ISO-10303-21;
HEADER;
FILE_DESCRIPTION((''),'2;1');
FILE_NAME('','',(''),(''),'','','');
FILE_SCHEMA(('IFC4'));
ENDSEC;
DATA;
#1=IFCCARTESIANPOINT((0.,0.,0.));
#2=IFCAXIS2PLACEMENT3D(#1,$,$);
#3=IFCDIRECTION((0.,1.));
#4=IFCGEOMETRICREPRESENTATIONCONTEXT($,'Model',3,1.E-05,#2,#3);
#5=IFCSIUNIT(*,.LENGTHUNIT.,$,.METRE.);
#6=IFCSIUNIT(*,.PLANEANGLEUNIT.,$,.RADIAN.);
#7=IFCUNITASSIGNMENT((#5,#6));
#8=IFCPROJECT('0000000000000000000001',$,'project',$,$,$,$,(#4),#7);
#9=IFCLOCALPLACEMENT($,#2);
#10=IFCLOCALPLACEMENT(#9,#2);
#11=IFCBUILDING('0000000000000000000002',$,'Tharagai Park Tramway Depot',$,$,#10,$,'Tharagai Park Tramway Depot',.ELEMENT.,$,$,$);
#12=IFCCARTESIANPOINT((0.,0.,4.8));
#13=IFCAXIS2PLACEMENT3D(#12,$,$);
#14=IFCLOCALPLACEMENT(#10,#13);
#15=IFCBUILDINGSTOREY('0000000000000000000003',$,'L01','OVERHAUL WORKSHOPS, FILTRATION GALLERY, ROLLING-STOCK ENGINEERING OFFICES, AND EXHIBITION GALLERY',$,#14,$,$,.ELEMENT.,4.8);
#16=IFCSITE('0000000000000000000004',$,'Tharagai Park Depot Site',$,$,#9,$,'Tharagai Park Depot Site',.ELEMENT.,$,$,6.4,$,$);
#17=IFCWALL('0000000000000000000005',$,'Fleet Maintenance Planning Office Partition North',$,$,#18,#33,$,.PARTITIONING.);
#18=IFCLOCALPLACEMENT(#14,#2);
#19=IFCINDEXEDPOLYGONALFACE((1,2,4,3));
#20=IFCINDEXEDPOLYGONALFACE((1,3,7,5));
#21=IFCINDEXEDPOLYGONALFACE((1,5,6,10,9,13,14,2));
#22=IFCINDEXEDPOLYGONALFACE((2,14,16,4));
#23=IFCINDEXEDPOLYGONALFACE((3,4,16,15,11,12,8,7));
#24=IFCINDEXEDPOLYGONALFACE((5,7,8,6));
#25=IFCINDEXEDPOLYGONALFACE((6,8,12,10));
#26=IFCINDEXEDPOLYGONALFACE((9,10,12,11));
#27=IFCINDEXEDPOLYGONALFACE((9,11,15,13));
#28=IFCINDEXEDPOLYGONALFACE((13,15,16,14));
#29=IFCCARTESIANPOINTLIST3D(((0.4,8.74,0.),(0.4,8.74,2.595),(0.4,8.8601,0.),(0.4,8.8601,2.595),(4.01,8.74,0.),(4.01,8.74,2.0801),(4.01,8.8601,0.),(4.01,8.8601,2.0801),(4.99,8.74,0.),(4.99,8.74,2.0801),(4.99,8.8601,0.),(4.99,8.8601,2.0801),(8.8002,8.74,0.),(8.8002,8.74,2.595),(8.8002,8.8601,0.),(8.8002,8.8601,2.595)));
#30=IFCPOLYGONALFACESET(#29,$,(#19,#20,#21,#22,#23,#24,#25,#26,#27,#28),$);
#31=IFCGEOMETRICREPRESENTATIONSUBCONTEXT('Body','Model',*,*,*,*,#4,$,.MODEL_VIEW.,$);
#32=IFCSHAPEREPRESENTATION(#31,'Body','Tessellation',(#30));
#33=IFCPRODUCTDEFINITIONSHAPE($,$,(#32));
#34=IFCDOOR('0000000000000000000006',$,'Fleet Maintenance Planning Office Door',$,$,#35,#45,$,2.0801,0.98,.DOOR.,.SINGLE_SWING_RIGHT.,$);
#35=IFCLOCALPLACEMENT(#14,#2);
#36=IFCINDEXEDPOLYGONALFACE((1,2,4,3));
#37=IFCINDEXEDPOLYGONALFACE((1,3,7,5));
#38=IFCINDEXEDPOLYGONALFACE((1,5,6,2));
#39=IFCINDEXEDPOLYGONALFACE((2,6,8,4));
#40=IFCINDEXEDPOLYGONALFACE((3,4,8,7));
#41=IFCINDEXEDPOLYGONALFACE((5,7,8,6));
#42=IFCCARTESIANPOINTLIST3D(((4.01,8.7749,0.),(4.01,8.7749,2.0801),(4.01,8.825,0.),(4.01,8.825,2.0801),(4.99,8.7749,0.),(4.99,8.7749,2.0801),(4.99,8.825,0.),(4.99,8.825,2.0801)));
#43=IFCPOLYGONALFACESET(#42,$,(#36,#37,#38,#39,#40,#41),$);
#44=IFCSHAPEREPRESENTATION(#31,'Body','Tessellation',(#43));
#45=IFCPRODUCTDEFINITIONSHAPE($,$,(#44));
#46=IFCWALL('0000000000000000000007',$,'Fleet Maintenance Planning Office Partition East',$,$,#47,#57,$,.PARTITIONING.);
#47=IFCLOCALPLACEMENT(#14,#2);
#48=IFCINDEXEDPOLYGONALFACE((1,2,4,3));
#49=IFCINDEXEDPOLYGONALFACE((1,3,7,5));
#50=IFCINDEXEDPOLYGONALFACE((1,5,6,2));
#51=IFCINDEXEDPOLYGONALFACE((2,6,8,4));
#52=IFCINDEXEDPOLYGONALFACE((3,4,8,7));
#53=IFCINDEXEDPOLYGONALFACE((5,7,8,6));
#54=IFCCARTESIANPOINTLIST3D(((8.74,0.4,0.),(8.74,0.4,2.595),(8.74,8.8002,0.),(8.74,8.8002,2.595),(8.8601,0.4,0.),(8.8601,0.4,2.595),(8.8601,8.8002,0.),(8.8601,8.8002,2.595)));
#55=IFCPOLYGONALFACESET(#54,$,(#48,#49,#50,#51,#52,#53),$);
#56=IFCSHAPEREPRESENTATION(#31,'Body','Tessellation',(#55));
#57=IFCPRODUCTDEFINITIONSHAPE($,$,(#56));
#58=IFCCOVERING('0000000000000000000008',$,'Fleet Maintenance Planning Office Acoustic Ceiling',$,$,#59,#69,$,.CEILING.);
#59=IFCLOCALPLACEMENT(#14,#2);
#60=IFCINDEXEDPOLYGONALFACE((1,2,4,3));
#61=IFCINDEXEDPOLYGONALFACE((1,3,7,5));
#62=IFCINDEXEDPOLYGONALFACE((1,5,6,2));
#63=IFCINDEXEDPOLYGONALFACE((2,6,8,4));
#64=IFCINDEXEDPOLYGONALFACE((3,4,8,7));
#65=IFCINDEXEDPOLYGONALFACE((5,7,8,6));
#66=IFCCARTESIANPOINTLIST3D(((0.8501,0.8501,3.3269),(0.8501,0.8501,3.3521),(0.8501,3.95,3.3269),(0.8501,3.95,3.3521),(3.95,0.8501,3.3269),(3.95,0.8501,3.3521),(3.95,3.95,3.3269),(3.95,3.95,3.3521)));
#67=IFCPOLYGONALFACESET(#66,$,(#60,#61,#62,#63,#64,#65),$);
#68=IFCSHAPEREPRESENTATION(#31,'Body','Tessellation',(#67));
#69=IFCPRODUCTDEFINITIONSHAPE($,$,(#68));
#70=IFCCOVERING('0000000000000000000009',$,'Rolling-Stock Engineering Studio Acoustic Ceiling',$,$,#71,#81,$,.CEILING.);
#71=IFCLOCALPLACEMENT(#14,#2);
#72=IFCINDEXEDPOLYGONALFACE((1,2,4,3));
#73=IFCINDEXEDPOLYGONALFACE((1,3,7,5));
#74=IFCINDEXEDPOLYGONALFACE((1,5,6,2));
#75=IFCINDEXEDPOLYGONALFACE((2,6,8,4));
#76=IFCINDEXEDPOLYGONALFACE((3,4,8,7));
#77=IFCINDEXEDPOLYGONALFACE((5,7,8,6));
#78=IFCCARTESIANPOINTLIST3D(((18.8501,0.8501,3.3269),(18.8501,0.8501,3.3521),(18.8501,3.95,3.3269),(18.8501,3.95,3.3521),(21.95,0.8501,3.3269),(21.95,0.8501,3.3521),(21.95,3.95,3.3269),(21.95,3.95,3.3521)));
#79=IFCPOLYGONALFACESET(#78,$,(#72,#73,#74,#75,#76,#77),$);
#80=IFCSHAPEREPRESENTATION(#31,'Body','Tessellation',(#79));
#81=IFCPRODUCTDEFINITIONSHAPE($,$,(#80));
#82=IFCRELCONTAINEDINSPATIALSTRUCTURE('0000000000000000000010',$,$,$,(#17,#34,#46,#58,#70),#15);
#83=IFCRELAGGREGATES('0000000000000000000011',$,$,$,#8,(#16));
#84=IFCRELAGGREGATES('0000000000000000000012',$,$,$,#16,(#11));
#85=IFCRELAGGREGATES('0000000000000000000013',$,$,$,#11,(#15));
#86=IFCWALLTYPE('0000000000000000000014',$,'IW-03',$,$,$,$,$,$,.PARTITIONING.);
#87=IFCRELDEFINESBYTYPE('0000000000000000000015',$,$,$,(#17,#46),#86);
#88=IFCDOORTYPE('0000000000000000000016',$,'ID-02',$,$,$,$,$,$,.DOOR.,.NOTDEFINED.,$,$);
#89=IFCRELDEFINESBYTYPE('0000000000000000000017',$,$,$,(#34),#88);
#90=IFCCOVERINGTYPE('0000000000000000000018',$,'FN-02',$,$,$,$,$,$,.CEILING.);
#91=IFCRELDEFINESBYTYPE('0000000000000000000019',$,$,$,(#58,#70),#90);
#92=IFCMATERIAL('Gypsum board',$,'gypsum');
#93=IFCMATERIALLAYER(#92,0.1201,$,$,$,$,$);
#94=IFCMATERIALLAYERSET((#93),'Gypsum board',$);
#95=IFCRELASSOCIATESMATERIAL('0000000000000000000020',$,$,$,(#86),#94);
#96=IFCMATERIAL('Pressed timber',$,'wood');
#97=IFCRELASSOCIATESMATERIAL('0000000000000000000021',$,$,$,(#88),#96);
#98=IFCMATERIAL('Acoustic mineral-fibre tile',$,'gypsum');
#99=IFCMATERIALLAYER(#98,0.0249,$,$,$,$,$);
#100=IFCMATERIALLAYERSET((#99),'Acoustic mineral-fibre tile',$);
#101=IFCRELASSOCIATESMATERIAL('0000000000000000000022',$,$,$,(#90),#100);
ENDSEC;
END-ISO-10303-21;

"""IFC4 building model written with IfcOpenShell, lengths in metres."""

from ifc_helpers import new_model, si_unit, direction, frame, frame_2d, origin, place, context, subcontext, project, spatial, polyline, rectangle, outline, extrude, material, layer, layer_set, type_object, element, fill, save


model = new_model("IFC4")

# Units and contexts
model_context = context("Model", 3, precision=1e-05, world=origin(), true_north=direction((0.0, 1.0)))
body_context = subcontext(model_context, "Body", "Model", "MODEL_VIEW")
ifc_project = project(units=[si_unit("LENGTHUNIT", "METRE"), si_unit("PLANEANGLEUNIT", "RADIAN")], contexts=[model_context])

# Site, building, storey
site_placement = place(None, origin())
site = spatial("IfcSite", under=ifc_project, at=site_placement, Name="Tharagai Park Depot Site", LongName="Tharagai Park Depot Site", CompositionType="ELEMENT", RefElevation=6.4)
building_placement = place(site_placement, origin())
building = spatial("IfcBuilding", under=site, at=building_placement, Name="Tharagai Park Tramway Depot", LongName="Tharagai Park Tramway Depot", CompositionType="ELEMENT")
storey_placement = place(building_placement, frame((0.0, 0.0, 4.8)))
storey = spatial("IfcBuildingStorey", under=building, at=storey_placement, Name="L01", Description="OVERHAUL WORKSHOPS, FILTRATION GALLERY, ROLLING-STOCK ENGINEERING OFFICES, AND EXHIBITION GALLERY", CompositionType="ELEMENT", Elevation=4.8)

# Wall, opening, door
ifc_material_1 = material(Name="Gypsum board", Category="gypsum")
ifc_layer_1 = layer(ifc_material_1, 0.1201)
ifc_layer_set_1 = layer_set([ifc_layer_1], Name="Gypsum board")
wall_type_1 = type_object("IfcWallType", Name="IW-03", PredefinedType="PARTITIONING", material=ifc_layer_set_1)
wall_1_placement = place(storey_placement, frame((0.3999, 8.8, 0.0), z_axis=(0.0, 0.0, 1.0), x_axis=(1.0, 0.0, 0.0)))
wall_1 = element("IfcWall", 1, at=wall_1_placement, inside=storey, type_object=wall_type_1, Name="Fleet Maintenance Planning Office Partition North", PredefinedType="PARTITIONING", context=body_context, shape_type="SweptSolid", body=[
    extrude(rectangle(XDim=8.4001, YDim=0.1201, at=frame_2d((4.2002, 0.0))), origin(), (0.0, 0.0, 1.0), 2.595),
])
opening_1_placement = place(wall_1_placement, frame((3.6101, 0.0, 0.0)))
opening_1 = element("IfcOpeningElement", 2, at=opening_1_placement, cuts=wall_1, PredefinedType="OPENING", context=body_context, shape_type="SweptSolid", body=[
    extrude(rectangle(XDim=0.98, YDim=2.0801, at=frame_2d((0.49, 1.04))), frame((0.0, 0.0701, 0.0), z_axis=(0.0, -1.0, 0.0), x_axis=(1.0, 0.0, 0.0)), (0.0, 0.0, 1.0), 0.1401),
])
ifc_material_2 = material(Name="Pressed timber", Category="wood")
door_type = type_object("IfcDoorType", Name="ID-02", OperationType="NOTDEFINED", PredefinedType="DOOR", material=ifc_material_2)
door_placement = place(opening_1_placement, origin())
door = element("IfcDoor", 3, at=door_placement, inside=storey, type_object=door_type, Name="Fleet Maintenance Planning Office Door", OperationType="SINGLE_SWING_RIGHT", OverallHeight=2.0801, OverallWidth=0.98, PredefinedType="DOOR", context=body_context, shape_type="SweptSolid", body=[
    extrude(rectangle(XDim=0.98, YDim=2.0801, at=frame_2d((0.49, 1.04))), frame((0.0, 0.0249, 0.0), z_axis=(0.0, -1.0, 0.0), x_axis=(1.0, 0.0, 0.0)), (0.0, 0.0, 1.0), 0.05),
])
fill(opening_1, door)

# Wall
wall_2_placement = place(storey_placement, frame((8.8, 0.3999, 0.0), z_axis=(0.0, 0.0, 1.0), x_axis=(0.0, 1.0, 0.0)))
element("IfcWall", 4, at=wall_2_placement, inside=storey, type_object=wall_type_1, Name="Fleet Maintenance Planning Office Partition East", PredefinedType="PARTITIONING", context=body_context, shape_type="SweptSolid", body=[
    extrude(rectangle(XDim=8.4001, YDim=0.1201, at=frame_2d((4.2002, 0.0))), origin(), (0.0, 0.0, 1.0), 2.595),
])

# Coverings
ifc_material_3 = material(Name="Acoustic mineral-fibre tile", Category="gypsum")
ifc_layer_2 = layer(ifc_material_3, 0.0249)
ifc_layer_set_2 = layer_set([ifc_layer_2], Name="Acoustic mineral-fibre tile")
covering_type = type_object("IfcCoveringType", Name="FN-02", PredefinedType="CEILING", material=ifc_layer_set_2)
covering_1_placement = place(storey_placement, frame((0.0, 0.0, 3.3269)))
element("IfcCovering", 5, at=covering_1_placement, inside=storey, type_object=covering_type, Name="Fleet Maintenance Planning Office Acoustic Ceiling", PredefinedType="CEILING", context=body_context, shape_type="SweptSolid", body=[
    extrude(outline(polyline([(0.8501, 0.8501), (3.95, 0.8501), (3.95, 3.95), (0.8501, 3.95), (0.8501, 0.8501)])), origin(), (0.0, 0.0, 1.0), 0.0251),
])
covering_2_placement = place(storey_placement, frame((0.0, 0.0, 3.3269)))
element("IfcCovering", 6, at=covering_2_placement, inside=storey, type_object=covering_type, Name="Rolling-Stock Engineering Studio Acoustic Ceiling", PredefinedType="CEILING", context=body_context, shape_type="SweptSolid", body=[
    extrude(outline(polyline([(18.8501, 0.8501), (21.95, 0.8501), (21.95, 3.95), (18.8501, 3.95), (18.8501, 0.8501)])), origin(), (0.0, 0.0, 1.0), 0.0251),
])

save(model, "model.ifc")
